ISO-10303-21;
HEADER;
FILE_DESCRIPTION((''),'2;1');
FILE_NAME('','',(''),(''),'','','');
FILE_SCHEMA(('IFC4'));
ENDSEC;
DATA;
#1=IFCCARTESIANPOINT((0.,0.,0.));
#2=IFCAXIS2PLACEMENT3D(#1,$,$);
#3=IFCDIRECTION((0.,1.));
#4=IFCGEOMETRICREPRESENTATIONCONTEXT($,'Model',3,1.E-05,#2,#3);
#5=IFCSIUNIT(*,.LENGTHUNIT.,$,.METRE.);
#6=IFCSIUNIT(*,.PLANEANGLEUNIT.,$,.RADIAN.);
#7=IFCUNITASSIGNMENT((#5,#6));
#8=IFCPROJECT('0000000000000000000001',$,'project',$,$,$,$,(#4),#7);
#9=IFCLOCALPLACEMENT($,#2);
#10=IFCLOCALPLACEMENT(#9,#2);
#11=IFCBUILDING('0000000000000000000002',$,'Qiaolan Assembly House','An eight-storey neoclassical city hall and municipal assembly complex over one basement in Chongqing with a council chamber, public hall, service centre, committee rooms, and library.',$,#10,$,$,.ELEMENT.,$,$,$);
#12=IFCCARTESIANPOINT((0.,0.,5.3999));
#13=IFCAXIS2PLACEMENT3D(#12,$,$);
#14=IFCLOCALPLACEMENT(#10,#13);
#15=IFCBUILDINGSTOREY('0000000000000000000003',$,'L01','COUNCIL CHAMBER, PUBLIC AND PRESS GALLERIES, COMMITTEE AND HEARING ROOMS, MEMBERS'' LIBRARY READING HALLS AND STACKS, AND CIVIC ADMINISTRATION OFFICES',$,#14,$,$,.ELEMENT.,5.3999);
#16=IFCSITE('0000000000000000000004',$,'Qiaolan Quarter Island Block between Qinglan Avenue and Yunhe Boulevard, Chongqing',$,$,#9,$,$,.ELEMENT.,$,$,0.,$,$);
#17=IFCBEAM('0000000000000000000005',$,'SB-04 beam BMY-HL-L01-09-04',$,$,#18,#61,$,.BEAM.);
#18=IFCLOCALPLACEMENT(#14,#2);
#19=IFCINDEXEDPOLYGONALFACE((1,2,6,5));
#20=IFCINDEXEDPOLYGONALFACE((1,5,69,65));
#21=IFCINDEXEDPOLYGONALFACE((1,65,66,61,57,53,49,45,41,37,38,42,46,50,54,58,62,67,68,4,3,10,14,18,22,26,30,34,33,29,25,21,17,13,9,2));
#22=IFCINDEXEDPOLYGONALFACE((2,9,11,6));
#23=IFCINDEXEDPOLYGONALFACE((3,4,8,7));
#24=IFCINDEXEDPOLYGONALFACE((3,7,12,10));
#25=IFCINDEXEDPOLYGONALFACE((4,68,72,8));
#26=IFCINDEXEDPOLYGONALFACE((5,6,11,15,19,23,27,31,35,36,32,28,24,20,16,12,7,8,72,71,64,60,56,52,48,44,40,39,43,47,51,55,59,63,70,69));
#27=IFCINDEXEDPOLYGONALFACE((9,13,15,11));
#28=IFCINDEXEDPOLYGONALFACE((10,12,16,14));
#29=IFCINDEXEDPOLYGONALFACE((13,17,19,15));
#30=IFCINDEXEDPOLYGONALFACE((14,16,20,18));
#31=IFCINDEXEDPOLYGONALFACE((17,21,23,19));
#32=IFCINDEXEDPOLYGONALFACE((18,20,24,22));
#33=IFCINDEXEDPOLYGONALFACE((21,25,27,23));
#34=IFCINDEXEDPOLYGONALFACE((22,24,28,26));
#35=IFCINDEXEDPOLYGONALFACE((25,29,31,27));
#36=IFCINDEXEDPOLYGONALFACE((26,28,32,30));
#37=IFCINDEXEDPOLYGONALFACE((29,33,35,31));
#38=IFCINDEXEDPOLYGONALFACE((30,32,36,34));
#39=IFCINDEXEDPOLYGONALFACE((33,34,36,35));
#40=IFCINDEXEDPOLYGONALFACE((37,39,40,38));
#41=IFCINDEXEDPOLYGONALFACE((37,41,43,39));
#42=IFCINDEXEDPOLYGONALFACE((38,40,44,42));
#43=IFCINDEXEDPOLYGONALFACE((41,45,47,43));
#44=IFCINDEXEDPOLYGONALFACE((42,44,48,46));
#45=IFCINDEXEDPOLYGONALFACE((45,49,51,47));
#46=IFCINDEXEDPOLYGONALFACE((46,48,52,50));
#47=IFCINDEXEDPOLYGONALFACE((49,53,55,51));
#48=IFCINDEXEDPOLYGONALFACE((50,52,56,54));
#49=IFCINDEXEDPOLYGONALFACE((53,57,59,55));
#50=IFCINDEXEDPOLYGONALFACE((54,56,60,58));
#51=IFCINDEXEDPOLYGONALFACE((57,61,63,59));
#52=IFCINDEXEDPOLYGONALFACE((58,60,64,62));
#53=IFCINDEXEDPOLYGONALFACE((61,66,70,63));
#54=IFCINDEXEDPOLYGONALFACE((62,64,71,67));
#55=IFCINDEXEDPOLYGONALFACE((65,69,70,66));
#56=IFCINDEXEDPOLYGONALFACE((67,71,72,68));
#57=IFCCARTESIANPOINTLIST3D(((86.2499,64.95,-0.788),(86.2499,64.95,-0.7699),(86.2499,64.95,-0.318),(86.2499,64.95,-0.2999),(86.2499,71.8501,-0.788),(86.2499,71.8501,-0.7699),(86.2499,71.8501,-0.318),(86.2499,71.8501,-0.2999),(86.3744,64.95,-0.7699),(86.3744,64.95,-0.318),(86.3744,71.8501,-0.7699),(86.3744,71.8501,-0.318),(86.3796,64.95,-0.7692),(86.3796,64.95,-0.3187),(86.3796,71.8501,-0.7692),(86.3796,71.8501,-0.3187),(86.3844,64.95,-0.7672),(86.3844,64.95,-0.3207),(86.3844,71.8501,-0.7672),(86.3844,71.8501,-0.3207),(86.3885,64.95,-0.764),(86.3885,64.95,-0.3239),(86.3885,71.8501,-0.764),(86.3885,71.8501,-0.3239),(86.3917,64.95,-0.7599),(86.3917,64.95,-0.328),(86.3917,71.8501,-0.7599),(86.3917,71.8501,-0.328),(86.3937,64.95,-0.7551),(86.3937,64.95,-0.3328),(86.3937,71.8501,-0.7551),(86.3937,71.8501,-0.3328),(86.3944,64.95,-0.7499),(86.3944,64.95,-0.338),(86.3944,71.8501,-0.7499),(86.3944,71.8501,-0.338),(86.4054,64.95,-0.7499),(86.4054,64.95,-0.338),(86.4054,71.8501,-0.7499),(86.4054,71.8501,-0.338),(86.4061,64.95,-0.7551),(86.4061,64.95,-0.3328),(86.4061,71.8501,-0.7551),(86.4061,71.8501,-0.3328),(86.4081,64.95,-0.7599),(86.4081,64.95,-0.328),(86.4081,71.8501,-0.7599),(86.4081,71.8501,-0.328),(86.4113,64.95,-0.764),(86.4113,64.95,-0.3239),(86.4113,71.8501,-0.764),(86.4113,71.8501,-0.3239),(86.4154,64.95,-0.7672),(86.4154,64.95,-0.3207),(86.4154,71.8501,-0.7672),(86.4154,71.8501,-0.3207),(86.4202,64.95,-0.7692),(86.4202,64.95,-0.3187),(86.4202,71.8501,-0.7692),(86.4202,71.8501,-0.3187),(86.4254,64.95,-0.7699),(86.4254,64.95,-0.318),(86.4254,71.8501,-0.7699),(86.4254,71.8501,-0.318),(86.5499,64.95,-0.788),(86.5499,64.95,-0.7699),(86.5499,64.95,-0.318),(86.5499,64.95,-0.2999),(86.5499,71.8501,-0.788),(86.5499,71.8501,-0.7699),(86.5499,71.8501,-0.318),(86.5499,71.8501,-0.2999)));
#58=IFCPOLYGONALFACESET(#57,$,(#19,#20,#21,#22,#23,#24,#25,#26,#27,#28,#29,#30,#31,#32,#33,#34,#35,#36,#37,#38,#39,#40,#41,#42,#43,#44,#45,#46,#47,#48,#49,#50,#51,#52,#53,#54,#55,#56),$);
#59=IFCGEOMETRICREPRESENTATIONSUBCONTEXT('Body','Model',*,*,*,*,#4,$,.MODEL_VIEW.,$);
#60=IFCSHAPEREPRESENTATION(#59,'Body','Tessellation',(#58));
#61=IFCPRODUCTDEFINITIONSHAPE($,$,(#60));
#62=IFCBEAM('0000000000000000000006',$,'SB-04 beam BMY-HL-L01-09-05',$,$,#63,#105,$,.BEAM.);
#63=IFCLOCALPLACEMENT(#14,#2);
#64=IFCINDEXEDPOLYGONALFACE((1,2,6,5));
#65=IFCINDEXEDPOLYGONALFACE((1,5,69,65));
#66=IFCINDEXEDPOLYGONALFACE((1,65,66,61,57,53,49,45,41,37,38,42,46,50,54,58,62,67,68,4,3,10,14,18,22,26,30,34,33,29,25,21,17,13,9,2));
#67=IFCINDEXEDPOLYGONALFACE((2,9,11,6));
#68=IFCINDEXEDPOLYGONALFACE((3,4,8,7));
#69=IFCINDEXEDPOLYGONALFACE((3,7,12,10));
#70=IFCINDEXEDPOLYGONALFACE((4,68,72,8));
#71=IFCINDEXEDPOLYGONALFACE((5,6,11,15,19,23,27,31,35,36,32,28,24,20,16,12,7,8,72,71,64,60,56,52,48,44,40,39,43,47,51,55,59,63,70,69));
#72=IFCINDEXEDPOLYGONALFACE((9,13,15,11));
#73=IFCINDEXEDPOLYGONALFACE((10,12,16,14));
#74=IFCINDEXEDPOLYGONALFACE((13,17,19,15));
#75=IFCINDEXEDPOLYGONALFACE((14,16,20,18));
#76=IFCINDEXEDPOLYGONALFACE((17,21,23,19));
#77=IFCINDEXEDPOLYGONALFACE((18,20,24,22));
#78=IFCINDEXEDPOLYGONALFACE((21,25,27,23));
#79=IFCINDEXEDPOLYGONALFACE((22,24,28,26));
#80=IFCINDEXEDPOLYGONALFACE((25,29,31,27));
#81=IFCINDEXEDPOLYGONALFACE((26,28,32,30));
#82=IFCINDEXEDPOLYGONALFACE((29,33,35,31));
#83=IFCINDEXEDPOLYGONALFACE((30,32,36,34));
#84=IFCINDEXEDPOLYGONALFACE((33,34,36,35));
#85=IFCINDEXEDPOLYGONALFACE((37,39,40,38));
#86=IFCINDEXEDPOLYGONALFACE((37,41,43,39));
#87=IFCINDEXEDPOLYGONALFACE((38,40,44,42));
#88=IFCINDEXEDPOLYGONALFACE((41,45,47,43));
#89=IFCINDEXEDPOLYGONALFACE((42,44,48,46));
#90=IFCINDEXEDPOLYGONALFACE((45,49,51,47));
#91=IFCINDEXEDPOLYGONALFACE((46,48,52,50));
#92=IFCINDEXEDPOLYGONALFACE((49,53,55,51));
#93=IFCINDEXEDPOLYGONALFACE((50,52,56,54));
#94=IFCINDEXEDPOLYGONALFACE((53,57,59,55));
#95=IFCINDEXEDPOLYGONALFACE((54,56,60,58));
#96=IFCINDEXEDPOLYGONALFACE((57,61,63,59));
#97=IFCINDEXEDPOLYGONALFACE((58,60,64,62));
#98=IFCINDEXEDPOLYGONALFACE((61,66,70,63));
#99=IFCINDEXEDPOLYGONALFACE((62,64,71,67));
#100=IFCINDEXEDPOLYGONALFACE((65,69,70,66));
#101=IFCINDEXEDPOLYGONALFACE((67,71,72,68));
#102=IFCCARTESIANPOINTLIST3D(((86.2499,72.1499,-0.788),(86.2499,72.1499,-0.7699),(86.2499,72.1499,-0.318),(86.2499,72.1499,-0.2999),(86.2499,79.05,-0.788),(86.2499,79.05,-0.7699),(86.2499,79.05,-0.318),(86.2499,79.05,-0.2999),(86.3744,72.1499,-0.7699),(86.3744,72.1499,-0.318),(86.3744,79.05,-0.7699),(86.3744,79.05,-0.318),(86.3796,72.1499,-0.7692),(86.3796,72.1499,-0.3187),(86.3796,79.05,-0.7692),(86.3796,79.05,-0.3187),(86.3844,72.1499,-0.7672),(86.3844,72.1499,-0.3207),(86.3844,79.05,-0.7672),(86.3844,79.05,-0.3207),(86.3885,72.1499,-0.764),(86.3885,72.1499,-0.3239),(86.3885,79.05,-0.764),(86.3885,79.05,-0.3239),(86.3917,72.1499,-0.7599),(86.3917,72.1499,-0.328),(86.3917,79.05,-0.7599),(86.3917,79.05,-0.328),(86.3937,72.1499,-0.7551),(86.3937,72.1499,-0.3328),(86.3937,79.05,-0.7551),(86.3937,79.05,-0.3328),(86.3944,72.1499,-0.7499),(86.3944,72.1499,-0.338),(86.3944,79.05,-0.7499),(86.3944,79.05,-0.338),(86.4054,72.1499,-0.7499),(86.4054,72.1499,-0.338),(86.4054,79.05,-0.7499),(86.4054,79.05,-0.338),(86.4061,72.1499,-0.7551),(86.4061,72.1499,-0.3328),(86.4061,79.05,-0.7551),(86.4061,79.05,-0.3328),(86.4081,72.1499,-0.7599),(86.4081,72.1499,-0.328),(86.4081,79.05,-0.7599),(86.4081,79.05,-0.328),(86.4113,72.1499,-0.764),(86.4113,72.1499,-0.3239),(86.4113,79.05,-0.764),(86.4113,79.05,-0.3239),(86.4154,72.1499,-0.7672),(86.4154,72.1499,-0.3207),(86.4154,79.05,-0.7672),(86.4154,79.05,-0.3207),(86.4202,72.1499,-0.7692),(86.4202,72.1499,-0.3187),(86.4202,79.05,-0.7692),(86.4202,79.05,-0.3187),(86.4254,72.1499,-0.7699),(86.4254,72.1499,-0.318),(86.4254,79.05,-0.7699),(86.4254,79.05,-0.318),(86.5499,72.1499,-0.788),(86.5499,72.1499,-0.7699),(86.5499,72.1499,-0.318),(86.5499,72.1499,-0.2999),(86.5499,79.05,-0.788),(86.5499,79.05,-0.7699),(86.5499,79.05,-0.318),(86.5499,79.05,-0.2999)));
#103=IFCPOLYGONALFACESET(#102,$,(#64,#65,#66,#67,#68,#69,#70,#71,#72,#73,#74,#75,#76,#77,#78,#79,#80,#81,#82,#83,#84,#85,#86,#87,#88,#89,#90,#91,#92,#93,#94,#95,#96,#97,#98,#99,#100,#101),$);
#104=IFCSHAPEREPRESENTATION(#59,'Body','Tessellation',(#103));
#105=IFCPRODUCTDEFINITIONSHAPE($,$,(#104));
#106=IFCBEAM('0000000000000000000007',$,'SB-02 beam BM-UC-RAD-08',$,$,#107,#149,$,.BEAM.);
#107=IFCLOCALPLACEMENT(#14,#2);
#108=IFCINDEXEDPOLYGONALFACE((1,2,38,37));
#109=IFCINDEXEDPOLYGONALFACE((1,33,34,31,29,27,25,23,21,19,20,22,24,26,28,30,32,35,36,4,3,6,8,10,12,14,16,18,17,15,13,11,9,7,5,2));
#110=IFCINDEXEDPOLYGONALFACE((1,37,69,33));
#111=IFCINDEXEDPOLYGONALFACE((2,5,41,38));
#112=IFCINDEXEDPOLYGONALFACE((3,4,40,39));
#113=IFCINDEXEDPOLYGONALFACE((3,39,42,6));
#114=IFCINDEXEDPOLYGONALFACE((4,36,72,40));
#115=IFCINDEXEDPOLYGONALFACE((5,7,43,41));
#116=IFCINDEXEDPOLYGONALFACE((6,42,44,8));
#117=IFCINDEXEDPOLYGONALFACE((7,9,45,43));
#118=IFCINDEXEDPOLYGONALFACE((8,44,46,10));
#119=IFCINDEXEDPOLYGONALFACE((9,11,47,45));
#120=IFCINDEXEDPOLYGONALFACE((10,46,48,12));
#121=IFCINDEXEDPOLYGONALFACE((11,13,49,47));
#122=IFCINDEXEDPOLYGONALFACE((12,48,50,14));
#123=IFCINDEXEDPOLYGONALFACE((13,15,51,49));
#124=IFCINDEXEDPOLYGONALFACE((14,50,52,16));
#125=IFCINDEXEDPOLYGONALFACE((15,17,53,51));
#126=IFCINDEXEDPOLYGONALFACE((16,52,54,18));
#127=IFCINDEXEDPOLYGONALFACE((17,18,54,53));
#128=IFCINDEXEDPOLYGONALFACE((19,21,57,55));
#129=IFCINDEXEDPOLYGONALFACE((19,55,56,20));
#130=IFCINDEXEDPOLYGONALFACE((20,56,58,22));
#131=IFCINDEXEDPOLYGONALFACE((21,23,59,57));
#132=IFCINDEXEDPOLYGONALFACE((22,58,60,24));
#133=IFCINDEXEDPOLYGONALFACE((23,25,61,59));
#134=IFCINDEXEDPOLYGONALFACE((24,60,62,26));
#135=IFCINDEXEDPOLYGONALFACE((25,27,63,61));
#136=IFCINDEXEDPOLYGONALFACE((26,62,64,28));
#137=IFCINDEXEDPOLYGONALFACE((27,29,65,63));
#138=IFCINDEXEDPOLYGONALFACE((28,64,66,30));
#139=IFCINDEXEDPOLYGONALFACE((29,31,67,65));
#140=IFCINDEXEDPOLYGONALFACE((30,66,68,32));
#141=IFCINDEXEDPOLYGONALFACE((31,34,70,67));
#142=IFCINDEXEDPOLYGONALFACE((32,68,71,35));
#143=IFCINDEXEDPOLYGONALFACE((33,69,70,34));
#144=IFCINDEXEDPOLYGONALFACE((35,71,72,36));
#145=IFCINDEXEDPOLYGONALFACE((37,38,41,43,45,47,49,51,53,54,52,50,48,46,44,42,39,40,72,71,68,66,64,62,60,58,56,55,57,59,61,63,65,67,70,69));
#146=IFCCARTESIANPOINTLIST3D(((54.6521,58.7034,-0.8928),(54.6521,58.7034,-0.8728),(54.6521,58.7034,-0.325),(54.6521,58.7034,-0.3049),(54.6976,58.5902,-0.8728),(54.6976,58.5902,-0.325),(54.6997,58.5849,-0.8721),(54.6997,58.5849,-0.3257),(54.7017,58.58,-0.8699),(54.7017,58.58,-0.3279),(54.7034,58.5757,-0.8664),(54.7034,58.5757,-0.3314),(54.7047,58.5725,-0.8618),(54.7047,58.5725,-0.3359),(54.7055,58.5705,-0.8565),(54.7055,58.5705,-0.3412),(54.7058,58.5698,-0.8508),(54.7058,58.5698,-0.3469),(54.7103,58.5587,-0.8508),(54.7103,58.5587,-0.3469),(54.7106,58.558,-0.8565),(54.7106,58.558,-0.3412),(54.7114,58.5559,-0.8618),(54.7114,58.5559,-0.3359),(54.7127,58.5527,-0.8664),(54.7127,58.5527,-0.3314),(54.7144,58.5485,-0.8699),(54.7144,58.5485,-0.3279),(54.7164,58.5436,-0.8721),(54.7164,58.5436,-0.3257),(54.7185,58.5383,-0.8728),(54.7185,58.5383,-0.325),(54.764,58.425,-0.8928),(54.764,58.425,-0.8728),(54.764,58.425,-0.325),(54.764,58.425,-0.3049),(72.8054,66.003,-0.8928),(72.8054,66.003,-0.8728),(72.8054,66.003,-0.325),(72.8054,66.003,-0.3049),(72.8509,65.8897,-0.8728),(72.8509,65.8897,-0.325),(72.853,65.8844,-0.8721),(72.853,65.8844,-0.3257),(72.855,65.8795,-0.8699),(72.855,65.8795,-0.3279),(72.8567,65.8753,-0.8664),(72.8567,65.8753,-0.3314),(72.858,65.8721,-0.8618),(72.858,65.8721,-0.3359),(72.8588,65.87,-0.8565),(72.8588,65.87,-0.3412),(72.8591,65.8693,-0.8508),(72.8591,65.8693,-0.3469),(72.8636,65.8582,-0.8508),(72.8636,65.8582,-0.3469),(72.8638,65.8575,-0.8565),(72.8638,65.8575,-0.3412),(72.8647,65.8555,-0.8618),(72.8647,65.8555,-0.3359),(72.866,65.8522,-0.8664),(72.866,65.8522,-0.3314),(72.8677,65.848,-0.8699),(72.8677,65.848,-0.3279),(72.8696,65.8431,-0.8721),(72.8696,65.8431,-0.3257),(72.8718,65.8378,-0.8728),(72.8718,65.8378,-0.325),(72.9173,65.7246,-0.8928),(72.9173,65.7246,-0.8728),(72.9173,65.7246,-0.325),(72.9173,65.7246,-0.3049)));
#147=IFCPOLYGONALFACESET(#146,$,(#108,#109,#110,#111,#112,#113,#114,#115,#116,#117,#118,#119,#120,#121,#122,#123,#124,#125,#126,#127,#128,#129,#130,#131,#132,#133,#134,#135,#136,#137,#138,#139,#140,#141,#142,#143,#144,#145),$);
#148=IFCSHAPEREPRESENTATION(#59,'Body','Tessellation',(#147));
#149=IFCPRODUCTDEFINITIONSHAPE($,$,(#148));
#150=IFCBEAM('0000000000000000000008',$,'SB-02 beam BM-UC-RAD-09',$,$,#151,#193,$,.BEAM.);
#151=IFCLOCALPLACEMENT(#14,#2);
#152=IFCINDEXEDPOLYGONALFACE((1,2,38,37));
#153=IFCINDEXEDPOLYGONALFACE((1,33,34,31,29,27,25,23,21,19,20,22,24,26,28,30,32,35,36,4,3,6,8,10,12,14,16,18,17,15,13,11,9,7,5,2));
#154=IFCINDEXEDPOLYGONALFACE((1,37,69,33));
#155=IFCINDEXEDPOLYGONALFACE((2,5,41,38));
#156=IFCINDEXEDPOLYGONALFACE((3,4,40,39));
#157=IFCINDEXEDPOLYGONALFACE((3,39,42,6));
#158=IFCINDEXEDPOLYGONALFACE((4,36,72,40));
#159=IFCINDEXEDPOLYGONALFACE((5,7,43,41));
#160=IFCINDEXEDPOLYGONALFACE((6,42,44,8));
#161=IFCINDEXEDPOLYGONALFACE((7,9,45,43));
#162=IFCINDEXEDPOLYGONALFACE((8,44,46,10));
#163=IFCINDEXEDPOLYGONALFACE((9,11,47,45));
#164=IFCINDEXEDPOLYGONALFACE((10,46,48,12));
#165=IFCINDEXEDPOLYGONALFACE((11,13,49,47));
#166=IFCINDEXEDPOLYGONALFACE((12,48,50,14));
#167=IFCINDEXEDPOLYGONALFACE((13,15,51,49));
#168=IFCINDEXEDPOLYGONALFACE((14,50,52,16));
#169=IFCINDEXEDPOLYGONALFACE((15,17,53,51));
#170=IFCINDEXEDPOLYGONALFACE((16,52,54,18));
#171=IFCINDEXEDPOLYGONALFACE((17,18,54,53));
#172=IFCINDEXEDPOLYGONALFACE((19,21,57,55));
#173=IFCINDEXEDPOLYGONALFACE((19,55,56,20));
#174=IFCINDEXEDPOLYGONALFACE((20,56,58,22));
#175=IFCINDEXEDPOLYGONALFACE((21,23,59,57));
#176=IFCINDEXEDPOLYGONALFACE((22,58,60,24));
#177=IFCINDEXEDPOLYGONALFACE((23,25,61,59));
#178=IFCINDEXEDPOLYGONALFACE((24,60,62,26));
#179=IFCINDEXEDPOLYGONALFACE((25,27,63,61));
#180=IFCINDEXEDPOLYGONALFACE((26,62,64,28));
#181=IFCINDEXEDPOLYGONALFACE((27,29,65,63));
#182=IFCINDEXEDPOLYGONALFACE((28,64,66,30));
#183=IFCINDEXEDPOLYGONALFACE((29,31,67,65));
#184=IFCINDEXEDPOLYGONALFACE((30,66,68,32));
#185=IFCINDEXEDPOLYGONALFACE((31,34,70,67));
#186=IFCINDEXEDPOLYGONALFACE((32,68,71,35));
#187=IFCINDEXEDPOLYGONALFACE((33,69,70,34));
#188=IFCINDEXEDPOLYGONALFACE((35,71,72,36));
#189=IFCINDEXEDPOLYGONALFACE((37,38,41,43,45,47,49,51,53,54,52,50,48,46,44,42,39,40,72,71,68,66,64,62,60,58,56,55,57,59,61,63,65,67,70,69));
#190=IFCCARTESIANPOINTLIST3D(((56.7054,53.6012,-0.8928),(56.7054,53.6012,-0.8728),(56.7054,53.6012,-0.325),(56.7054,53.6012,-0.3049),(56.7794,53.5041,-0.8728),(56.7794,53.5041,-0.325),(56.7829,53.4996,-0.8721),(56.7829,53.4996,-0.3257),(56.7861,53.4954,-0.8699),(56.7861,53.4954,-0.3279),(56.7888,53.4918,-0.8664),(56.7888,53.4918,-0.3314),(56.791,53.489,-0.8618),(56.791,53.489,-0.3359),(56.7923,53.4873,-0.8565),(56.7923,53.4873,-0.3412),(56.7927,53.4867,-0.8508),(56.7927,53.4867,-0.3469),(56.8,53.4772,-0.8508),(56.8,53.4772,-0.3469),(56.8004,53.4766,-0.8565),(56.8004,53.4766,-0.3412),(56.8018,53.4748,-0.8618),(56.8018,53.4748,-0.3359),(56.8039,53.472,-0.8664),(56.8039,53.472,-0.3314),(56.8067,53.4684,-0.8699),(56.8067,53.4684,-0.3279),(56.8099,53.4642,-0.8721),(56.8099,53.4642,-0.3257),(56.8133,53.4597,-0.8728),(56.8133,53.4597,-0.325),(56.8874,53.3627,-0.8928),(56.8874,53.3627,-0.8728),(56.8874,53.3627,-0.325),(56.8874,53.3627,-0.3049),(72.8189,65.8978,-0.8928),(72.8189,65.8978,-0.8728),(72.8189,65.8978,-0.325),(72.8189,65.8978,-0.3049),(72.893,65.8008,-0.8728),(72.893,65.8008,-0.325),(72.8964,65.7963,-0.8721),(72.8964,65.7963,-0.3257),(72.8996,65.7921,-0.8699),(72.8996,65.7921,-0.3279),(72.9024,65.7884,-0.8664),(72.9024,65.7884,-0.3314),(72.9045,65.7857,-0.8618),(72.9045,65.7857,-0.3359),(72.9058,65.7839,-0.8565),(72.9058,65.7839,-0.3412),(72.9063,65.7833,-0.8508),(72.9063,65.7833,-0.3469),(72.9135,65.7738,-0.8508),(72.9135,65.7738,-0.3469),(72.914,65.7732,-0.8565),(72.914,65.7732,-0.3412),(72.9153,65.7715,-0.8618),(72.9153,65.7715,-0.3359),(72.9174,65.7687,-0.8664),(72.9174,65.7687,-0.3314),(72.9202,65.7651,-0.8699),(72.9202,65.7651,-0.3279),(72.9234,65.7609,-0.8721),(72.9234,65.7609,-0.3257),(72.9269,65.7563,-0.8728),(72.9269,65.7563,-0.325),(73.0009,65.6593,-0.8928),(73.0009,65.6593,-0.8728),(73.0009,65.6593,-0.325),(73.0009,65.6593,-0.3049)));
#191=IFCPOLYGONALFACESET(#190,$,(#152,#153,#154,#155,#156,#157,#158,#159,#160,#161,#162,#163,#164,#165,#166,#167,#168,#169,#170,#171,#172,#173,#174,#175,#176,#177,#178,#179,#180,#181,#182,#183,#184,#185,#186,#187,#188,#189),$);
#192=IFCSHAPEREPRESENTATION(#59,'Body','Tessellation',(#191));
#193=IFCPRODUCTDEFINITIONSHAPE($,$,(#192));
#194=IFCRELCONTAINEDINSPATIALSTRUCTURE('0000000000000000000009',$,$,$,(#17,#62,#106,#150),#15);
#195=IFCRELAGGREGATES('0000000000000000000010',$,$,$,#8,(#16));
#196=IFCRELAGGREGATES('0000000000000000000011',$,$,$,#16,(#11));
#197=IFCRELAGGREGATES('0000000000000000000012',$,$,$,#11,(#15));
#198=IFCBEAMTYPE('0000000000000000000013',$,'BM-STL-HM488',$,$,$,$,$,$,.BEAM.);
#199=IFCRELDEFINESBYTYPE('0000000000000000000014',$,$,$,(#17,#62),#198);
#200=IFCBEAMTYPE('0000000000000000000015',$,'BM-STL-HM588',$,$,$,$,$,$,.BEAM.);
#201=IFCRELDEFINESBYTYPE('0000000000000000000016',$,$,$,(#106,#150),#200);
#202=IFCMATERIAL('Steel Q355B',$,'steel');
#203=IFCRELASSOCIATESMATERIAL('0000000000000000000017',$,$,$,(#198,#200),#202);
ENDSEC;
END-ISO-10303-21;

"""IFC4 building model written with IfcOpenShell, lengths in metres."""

from ifc_helpers import new_model, si_unit, direction, frame, origin, origin_2d, place, context, subcontext, project, spatial, i_section, extrude, material, material_profile, profile_set, type_object, element, save


model = new_model("IFC4")

# Units and contexts
model_context = context("Model", 3, precision=1e-05, world=origin(), true_north=direction((0.0, 1.0)))
body_context = subcontext(model_context, "Body", "Model", "MODEL_VIEW")
ifc_project = project(units=[si_unit("LENGTHUNIT", "METRE"), si_unit("PLANEANGLEUNIT", "RADIAN")], contexts=[model_context])

# Site, building, storey
site_placement = place(None, origin())
site = spatial("IfcSite", under=ifc_project, at=site_placement, Name="Qiaolan Quarter Island Block between Qinglan Avenue and Yunhe Boulevard, Chongqing", CompositionType="ELEMENT", RefElevation=0.0)
building_placement = place(site_placement, origin())
building = spatial("IfcBuilding", under=site, at=building_placement, Name="Qiaolan Assembly House", Description="An eight-storey neoclassical city hall and municipal assembly complex over one basement in Chongqing with a council chamber, public hall, service centre, committee rooms, and library.", CompositionType="ELEMENT")
storey_placement = place(building_placement, frame((0.0, 0.0, 5.3999)))
storey = spatial("IfcBuildingStorey", under=building, at=storey_placement, Name="L01", Description="COUNCIL CHAMBER, PUBLIC AND PRESS GALLERIES, COMMITTEE AND HEARING ROOMS, MEMBERS' LIBRARY READING HALLS AND STACKS, AND CIVIC ADMINISTRATION OFFICES", CompositionType="ELEMENT", Elevation=5.3999)

# Shared definitions
ifc_material_1 = material(Name="Steel Q355B", Category="steel")

# Beams
ifc_material_profile_1 = material_profile(ifc_material_1, i_section(OverallWidth=0.3, OverallDepth=0.488, WebThickness=0.011, FlangeThickness=0.0181, FilletRadius=0.02, at=origin_2d()), Name="HM 488x300x11x18")
ifc_profile_set_1 = profile_set([ifc_material_profile_1], Name="Steel Q355B")
beam_type_1 = type_object("IfcBeamType", Name="BM-STL-HM488", PredefinedType="BEAM", material=ifc_profile_set_1)
for number, where, z_axis, x_axis, name in (
    (1, (86.3999, 64.95, -0.5439), (0.0, 1.0, 0.0), (-1.0, 0.0, 0.0), "SB-04 beam BMY-HL-L01-09-04"),
    (2, (86.3999, 72.1499, -0.5439), (0.0, 1.0, 0.0), (-1.0, 0.0, 0.0), "SB-04 beam BMY-HL-L01-09-05"),
):
    element("IfcBeam", number, at=place(storey_placement, frame(where, z_axis=z_axis, x_axis=x_axis)), inside=storey, type_object=beam_type_1, Name=name, PredefinedType="BEAM", context=body_context, shape_type="SweptSolid", body=[
        extrude(i_section(OverallWidth=0.3, OverallDepth=0.488, WebThickness=0.011, FlangeThickness=0.0181, FilletRadius=0.02, at=origin_2d()), origin(), (0.0, 0.0, 1.0), 6.9001),
    ])
ifc_material_profile_2 = material_profile(ifc_material_1, i_section(OverallWidth=0.3, OverallDepth=0.5879, WebThickness=0.012, FlangeThickness=0.02, FilletRadius=0.022, at=origin_2d()), Name="HM 588x300x12x20")
ifc_profile_set_2 = profile_set([ifc_material_profile_2], Name="Steel Q355B")
beam_type_2 = type_object("IfcBeamType", Name="BM-STL-HM588", PredefinedType="BEAM", material=ifc_profile_set_2)
beam_1_placement = place(storey_placement, frame((72.8613, 65.8638, -0.5989), z_axis=(-0.927801, -0.373075, 0.0), x_axis=(0.373075, -0.927801, 0.0)))
element("IfcBeam", 3, at=beam_1_placement, inside=storey, type_object=beam_type_2, Name="SB-02 beam BM-UC-RAD-08", PredefinedType="BEAM", context=body_context, shape_type="SweptSolid", body=[
    extrude(i_section(OverallWidth=0.3, OverallDepth=0.5879, WebThickness=0.012, FlangeThickness=0.02, FilletRadius=0.022, at=origin_2d()), origin(), (0.0, 0.0, 1.0), 19.5659),
])
for number, where, z_axis, x_axis, name in (
    (4, (72.9099, 65.7786, -0.5989), (-0.794964, -0.606657, 0.0), (0.606657, -0.794964, 0.0), "SB-02 beam BM-UC-RAD-09"),
):
    element("IfcBeam", number, at=place(storey_placement, frame(where, z_axis=z_axis, x_axis=x_axis)), inside=storey, type_object=beam_type_2, Name=name, PredefinedType="BEAM", context=body_context, shape_type="SweptSolid", body=[
        extrude(i_section(OverallWidth=0.3, OverallDepth=0.5879, WebThickness=0.012, FlangeThickness=0.02, FilletRadius=0.022, at=origin_2d()), origin(), (0.0, 0.0, 1.0), 20.2695),
    ])

save(model, "model.ifc")
